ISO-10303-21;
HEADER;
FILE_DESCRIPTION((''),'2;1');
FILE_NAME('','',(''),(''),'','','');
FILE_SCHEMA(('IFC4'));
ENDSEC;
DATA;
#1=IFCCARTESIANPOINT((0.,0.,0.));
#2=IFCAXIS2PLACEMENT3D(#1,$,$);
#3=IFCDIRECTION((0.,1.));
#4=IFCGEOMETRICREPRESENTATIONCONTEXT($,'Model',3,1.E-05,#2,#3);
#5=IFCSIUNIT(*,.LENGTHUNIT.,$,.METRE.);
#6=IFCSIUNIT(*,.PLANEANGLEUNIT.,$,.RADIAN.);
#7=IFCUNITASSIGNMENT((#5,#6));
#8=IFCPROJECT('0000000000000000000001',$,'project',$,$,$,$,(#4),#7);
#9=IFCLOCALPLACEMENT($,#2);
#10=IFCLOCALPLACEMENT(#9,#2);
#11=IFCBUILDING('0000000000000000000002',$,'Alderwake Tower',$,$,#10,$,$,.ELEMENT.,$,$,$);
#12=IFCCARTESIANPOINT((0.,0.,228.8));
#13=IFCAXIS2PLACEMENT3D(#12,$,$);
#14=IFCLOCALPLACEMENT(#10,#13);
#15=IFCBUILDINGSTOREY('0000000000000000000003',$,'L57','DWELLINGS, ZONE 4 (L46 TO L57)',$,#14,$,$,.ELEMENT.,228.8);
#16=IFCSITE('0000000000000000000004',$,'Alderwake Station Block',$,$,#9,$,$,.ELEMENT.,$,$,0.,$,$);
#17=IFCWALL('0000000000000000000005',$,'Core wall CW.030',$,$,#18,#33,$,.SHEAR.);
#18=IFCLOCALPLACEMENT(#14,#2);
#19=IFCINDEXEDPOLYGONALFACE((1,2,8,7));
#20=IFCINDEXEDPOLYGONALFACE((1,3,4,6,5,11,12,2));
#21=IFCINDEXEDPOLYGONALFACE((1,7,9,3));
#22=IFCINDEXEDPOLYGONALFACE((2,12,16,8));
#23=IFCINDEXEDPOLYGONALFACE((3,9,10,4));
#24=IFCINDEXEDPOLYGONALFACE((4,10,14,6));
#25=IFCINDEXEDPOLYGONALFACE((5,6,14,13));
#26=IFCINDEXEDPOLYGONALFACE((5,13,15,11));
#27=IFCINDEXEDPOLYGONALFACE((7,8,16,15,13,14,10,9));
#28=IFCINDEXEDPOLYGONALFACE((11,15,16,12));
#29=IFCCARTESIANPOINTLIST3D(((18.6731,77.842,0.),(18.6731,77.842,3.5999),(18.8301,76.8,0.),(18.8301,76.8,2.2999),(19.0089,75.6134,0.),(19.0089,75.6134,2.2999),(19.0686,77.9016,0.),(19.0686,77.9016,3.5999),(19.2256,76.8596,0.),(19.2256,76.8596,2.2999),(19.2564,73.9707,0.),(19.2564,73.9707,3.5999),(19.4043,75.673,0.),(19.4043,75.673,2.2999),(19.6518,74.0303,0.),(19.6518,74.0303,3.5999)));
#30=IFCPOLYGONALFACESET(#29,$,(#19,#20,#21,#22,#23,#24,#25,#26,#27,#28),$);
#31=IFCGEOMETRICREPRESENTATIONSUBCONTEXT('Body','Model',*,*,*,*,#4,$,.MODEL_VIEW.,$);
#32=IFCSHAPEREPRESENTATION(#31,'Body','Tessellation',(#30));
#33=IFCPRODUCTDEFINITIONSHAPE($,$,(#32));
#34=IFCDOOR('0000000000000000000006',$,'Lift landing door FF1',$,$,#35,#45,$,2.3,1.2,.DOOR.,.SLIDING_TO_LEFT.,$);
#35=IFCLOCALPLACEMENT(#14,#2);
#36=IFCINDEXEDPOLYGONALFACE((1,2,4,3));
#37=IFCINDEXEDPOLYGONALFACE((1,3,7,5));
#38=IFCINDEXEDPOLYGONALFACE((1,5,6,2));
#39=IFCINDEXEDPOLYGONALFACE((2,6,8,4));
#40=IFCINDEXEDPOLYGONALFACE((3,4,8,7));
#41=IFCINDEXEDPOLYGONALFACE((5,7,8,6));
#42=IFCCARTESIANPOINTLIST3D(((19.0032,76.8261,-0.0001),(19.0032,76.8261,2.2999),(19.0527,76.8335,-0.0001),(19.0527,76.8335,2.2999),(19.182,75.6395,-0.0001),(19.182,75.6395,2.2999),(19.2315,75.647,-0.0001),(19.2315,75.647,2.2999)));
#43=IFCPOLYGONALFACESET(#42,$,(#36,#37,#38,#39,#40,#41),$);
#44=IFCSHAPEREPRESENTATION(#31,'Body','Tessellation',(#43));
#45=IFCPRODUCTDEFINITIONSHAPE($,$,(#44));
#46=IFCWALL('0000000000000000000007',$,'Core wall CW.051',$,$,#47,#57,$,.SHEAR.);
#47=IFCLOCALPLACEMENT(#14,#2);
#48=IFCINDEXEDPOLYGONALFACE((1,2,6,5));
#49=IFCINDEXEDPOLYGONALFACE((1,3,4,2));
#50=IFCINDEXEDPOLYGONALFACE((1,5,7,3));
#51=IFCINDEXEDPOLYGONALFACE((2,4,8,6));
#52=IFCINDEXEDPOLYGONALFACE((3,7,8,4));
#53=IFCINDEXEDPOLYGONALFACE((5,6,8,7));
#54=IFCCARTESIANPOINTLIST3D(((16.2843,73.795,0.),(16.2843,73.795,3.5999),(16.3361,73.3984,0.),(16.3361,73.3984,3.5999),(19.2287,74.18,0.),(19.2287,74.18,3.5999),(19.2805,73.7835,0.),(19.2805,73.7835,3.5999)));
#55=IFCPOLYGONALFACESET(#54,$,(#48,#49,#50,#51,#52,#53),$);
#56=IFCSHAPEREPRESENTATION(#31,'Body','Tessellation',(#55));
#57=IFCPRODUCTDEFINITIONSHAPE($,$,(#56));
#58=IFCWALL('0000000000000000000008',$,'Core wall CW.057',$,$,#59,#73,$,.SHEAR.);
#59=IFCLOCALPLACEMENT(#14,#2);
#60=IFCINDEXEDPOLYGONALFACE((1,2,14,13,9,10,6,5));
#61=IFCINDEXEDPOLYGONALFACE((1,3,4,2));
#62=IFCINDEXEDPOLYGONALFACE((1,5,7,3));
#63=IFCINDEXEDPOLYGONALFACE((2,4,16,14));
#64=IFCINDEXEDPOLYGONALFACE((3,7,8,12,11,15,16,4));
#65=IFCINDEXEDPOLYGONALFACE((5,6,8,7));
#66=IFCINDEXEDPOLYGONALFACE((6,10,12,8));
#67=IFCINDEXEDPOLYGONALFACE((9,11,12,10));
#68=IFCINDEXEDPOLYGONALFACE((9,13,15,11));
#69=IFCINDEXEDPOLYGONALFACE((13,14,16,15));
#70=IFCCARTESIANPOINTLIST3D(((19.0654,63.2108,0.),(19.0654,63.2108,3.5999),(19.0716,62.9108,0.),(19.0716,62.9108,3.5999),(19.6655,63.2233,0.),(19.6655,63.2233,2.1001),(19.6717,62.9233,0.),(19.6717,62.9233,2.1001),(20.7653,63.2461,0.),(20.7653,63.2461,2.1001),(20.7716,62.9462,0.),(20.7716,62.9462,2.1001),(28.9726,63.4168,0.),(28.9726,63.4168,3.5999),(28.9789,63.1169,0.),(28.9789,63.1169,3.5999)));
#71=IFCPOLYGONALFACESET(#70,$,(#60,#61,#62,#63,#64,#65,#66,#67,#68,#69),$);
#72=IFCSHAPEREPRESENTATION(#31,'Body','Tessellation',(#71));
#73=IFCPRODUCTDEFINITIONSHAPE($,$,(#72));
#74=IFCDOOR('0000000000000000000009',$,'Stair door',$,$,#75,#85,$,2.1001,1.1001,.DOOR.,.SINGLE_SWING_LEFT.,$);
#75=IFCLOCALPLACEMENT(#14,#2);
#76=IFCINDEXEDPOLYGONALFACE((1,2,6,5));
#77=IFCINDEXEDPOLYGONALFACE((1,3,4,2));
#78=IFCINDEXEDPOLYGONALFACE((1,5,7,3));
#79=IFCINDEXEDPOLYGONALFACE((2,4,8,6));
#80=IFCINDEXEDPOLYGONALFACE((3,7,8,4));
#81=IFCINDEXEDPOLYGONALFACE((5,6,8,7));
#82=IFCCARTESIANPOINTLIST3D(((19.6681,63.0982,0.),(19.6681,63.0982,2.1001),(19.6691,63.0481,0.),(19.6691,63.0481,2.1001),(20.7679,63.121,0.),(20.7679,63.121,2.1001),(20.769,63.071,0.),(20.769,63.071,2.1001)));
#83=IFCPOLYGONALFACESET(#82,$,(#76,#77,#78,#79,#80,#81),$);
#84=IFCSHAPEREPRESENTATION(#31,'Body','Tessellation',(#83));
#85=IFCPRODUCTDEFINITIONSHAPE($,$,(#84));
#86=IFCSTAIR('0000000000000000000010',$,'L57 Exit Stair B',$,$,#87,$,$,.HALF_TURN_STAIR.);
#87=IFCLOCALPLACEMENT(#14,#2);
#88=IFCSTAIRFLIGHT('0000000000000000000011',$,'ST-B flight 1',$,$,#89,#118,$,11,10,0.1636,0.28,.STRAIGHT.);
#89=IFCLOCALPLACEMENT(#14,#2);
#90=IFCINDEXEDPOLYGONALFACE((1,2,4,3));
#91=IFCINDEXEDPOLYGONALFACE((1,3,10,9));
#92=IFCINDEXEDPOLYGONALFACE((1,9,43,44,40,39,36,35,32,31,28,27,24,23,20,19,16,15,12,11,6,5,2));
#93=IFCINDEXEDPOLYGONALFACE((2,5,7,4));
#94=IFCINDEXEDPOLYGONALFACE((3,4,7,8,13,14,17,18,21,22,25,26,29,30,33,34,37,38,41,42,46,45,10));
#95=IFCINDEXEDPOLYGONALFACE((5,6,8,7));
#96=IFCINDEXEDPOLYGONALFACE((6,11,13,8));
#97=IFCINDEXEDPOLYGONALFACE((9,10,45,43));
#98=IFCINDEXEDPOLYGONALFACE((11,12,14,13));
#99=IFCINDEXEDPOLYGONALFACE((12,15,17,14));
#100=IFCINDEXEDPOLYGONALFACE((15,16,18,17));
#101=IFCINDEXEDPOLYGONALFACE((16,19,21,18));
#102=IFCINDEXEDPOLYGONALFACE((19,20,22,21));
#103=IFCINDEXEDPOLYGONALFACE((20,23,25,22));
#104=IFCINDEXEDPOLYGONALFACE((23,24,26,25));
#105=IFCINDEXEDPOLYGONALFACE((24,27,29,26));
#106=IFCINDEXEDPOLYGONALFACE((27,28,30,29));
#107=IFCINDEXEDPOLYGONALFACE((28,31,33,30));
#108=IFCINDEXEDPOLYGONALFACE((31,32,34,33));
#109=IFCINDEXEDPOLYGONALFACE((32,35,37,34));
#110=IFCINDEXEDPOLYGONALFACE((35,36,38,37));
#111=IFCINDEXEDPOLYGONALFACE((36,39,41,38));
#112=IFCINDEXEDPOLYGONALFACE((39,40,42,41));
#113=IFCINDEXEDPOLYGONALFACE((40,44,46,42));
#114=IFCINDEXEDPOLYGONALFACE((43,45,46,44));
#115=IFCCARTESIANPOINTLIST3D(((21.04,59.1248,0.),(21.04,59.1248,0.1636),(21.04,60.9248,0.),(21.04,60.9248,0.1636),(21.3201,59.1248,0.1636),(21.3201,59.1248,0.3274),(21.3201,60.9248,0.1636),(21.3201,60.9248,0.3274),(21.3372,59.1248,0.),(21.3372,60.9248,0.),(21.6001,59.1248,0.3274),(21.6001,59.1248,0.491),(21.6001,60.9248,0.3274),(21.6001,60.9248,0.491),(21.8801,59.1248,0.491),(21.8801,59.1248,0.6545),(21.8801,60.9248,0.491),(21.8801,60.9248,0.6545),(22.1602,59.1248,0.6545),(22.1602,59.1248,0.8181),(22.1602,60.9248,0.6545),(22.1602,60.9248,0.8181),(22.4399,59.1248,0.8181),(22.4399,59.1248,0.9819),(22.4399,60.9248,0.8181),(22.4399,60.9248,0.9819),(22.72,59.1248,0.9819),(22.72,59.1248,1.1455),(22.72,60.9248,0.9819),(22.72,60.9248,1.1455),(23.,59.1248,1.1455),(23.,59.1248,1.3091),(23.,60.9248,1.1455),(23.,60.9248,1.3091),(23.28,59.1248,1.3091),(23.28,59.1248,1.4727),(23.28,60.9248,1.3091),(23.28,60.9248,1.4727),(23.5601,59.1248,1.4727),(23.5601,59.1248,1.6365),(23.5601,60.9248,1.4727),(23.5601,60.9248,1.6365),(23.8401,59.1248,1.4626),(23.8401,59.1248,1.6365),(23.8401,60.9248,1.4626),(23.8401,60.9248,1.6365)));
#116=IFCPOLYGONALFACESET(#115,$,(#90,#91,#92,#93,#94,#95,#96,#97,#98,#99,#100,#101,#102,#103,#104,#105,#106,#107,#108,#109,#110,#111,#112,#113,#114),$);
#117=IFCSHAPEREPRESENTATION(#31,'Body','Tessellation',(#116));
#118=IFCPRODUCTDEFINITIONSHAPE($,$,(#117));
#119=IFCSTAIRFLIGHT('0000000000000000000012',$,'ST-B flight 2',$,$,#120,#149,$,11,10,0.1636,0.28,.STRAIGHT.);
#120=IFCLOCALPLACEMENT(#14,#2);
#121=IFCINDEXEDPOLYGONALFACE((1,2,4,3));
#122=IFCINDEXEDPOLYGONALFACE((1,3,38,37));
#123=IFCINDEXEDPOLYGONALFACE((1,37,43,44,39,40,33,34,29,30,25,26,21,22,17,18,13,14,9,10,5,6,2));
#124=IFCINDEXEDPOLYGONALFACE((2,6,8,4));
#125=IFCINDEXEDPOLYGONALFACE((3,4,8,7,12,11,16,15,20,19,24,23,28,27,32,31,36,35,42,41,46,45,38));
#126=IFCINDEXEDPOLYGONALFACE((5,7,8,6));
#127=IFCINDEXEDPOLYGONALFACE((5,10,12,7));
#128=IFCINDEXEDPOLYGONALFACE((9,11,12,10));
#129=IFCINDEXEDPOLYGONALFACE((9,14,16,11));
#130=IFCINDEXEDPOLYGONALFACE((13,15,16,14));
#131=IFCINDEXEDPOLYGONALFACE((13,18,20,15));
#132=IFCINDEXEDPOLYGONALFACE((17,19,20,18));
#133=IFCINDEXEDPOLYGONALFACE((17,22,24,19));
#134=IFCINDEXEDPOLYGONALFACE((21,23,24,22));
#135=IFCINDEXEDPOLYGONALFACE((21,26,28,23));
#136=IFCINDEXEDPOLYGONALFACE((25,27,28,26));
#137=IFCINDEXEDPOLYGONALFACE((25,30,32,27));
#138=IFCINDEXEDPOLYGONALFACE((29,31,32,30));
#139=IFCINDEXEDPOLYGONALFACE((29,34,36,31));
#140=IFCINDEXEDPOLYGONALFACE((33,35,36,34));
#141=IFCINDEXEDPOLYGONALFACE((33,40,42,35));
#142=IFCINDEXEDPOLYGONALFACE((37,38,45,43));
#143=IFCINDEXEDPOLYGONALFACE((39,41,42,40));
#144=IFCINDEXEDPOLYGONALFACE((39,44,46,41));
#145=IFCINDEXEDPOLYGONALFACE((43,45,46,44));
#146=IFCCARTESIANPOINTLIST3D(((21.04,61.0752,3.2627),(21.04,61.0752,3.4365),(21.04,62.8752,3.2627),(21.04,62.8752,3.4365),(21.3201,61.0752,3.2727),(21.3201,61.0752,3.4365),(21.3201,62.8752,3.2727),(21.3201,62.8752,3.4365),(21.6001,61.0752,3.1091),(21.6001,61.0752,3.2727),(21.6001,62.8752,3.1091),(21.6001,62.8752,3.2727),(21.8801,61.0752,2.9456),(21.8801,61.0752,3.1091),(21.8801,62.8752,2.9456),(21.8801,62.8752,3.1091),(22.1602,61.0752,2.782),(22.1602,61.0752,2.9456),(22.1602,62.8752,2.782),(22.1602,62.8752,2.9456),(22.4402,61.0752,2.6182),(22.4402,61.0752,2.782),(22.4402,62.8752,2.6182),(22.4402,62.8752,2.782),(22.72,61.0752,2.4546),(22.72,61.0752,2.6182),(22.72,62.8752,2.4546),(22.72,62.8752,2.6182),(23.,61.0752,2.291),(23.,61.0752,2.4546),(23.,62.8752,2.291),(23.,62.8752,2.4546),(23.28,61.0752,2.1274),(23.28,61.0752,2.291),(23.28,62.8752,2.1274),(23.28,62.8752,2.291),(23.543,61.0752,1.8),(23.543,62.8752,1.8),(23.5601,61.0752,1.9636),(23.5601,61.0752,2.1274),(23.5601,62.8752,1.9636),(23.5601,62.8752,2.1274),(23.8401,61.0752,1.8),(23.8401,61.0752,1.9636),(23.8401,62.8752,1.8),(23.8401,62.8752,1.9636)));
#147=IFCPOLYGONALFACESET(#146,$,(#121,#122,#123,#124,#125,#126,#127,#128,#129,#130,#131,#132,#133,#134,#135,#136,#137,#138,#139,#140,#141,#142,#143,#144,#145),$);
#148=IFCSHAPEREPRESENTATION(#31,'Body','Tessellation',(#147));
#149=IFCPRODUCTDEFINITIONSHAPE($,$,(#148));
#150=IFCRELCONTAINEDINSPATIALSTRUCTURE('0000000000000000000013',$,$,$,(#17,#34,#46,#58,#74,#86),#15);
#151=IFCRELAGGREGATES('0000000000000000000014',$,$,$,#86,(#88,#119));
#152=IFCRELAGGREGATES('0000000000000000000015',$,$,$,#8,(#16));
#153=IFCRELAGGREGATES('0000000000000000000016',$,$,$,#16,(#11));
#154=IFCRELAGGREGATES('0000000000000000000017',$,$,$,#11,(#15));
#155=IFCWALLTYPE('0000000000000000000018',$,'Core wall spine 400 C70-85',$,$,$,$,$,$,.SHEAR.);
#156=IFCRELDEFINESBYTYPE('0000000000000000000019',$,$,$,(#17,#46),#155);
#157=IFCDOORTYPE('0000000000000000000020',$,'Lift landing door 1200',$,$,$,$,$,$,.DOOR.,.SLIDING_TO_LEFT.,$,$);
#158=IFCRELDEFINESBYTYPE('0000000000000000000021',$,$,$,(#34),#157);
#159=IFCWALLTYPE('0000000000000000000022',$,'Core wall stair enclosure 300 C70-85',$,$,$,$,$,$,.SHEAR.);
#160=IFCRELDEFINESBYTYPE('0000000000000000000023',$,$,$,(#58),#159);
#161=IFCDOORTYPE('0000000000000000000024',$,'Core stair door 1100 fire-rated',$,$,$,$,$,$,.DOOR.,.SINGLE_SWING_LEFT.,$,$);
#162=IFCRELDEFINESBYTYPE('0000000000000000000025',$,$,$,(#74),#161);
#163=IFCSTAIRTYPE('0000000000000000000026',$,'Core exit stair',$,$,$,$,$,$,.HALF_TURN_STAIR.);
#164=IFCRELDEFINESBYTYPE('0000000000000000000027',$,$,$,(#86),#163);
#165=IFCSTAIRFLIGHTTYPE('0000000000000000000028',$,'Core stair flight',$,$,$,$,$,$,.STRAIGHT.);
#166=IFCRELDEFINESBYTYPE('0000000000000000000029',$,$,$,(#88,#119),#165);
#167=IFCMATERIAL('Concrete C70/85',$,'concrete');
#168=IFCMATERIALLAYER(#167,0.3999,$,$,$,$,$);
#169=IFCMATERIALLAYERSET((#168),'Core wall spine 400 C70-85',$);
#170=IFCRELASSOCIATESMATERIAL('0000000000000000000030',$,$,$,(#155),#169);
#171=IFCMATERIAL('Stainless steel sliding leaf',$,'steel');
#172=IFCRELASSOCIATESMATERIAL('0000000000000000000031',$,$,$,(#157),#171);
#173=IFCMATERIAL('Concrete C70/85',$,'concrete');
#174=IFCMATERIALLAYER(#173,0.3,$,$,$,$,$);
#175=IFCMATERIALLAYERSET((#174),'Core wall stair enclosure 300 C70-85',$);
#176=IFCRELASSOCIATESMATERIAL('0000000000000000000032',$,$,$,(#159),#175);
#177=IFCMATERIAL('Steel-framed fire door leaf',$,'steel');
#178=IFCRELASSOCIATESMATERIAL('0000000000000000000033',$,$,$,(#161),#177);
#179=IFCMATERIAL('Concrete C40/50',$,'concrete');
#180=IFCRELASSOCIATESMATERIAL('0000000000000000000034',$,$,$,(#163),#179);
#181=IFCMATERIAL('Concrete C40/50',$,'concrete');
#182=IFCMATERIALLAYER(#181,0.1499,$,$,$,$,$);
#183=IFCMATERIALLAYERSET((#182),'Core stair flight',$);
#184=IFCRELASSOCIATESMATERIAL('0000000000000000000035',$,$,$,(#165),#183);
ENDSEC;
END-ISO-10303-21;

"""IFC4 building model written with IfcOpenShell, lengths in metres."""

from ifc_helpers import new_model, si_unit, direction, frame, frame_2d, origin, place, context, subcontext, project, spatial, polyline, rectangle, outline, extrude, material, layer, layer_set, type_object, element, fill, aggregate, save


model = new_model("IFC4")

# Units and contexts
model_context = context("Model", 3, precision=1e-05, world=origin(), true_north=direction((0.0, 1.0)))
body_context = subcontext(model_context, "Body", "Model", "MODEL_VIEW")
ifc_project = project(units=[si_unit("LENGTHUNIT", "METRE"), si_unit("PLANEANGLEUNIT", "RADIAN")], contexts=[model_context])

# Site, building, storey
site_placement = place(None, origin())
site = spatial("IfcSite", under=ifc_project, at=site_placement, Name="Alderwake Station Block", CompositionType="ELEMENT", RefElevation=0.0)
building_placement = place(site_placement, origin())
building = spatial("IfcBuilding", under=site, at=building_placement, Name="Alderwake Tower", CompositionType="ELEMENT")
storey_placement = place(building_placement, frame((0.0, 0.0, 228.8)))
storey = spatial("IfcBuildingStorey", under=building, at=storey_placement, Name="L57", Description="DWELLINGS, ZONE 4 (L46 TO L57)", CompositionType="ELEMENT", Elevation=228.8)

# Shared definitions
ifc_material_1 = material(Name="Concrete C70/85", Category="concrete")
ifc_layer_1 = layer(ifc_material_1, 0.3999)
ifc_layer_set_1 = layer_set([ifc_layer_1], Name="Core wall spine 400 C70-85")
wall_type_1 = type_object("IfcWallType", Name="Core wall spine 400 C70-85", PredefinedType="SHEAR", material=ifc_layer_set_1)

# Wall, opening, door
wall_1_placement = place(storey_placement, frame((19.4541, 74.0005, 0.0), z_axis=(0.0, 0.0, 1.0), x_axis=(-0.148978, 0.988841, 0.0)))
wall_1 = element("IfcWall", 1, at=wall_1_placement, inside=storey, type_object=wall_type_1, Name="Core wall CW.030", PredefinedType="SHEAR", context=body_context, shape_type="SweptSolid", body=[
    extrude(rectangle(XDim=3.915, YDim=0.3999, at=frame_2d((1.9575, 0.0))), origin(), (0.0, 0.0, 1.0), 3.5999),
])
opening_1_placement = place(wall_1_placement, frame((1.6611, 0.0, 0.0)))
opening_1 = element("IfcOpeningElement", 2, at=opening_1_placement, cuts=wall_1, PredefinedType="OPENING", context=body_context, shape_type="SweptSolid", body=[
    extrude(rectangle(XDim=1.2, YDim=2.3, at=frame_2d((0.6001, 1.1499))), frame((0.0, 0.21, 0.0), z_axis=(0.0, -1.0, 0.0), x_axis=(1.0, 0.0, 0.0)), (0.0, 0.0, 1.0), 0.4199),
])
ifc_material_2 = material(Name="Stainless steel sliding leaf", Category="steel")
door_type_1 = type_object("IfcDoorType", Name="Lift landing door 1200", OperationType="SLIDING_TO_LEFT", PredefinedType="DOOR", material=ifc_material_2)
door_1_placement = place(opening_1_placement, origin())
door_1 = element("IfcDoor", 3, at=door_1_placement, inside=storey, type_object=door_type_1, Name="Lift landing door FF1", OperationType="SLIDING_TO_LEFT", OverallHeight=2.3, OverallWidth=1.2, PredefinedType="DOOR", context=body_context, shape_type="SweptSolid", body=[
    extrude(rectangle(XDim=1.2, YDim=2.3, at=frame_2d((0.6001, 1.1499))), frame((0.0, 0.0249, 0.0), z_axis=(0.0, -1.0, 0.0), x_axis=(1.0, 0.0, 0.0)), (0.0, 0.0, 1.0), 0.05),
])
fill(opening_1, door_1)

# Wall
wall_2_placement = place(storey_placement, frame((16.3101, 73.5967, 0.0), z_axis=(0.0, 0.0, 1.0), x_axis=(0.991559, 0.129659, 0.0)))
element("IfcWall", 4, at=wall_2_placement, inside=storey, type_object=wall_type_1, Name="Core wall CW.051", PredefinedType="SHEAR", context=body_context, shape_type="SweptSolid", body=[
    extrude(rectangle(XDim=2.9695, YDim=0.3999, at=frame_2d((1.4849, 0.0))), origin(), (0.0, 0.0, 1.0), 3.5999),
])

# Wall, opening, door
ifc_material_3 = material(Name="Concrete C70/85", Category="concrete")
ifc_layer_2 = layer(ifc_material_3, 0.3)
ifc_layer_set_2 = layer_set([ifc_layer_2], Name="Core wall stair enclosure 300 C70-85")
wall_type_2 = type_object("IfcWallType", Name="Core wall stair enclosure 300 C70-85", PredefinedType="SHEAR", material=ifc_layer_set_2)
wall_3_placement = place(storey_placement, frame((19.0686, 63.0608, 0.0), z_axis=(0.0, 0.0, 1.0), x_axis=(0.999784, 0.020794, 0.0)))
wall_3 = element("IfcWall", 5, at=wall_3_placement, inside=storey, type_object=wall_type_2, Name="Core wall CW.057", PredefinedType="SHEAR", context=body_context, shape_type="SweptSolid", body=[
    extrude(rectangle(XDim=9.9094, YDim=0.3, at=frame_2d((4.9546, 0.0))), origin(), (0.0, 0.0, 1.0), 3.5999),
])
opening_2_placement = place(wall_3_placement, frame((0.6001, 0.0, 0.0)))
opening_2 = element("IfcOpeningElement", 6, at=opening_2_placement, cuts=wall_3, PredefinedType="OPENING", context=body_context, shape_type="SweptSolid", body=[
    extrude(rectangle(XDim=1.1001, YDim=2.1001, at=frame_2d((0.55, 1.05))), frame((0.0, 0.1599, 0.0), z_axis=(0.0, -1.0, 0.0), x_axis=(1.0, 0.0, 0.0)), (0.0, 0.0, 1.0), 0.3201),
])
ifc_material_4 = material(Name="Steel-framed fire door leaf", Category="steel")
door_type_2 = type_object("IfcDoorType", Name="Core stair door 1100 fire-rated", OperationType="SINGLE_SWING_LEFT", PredefinedType="DOOR", material=ifc_material_4)
door_2_placement = place(opening_2_placement, origin())
door_2 = element("IfcDoor", 7, at=door_2_placement, inside=storey, type_object=door_type_2, Name="Stair door", OperationType="SINGLE_SWING_LEFT", OverallHeight=2.1001, OverallWidth=1.1001, PredefinedType="DOOR", context=body_context, shape_type="SweptSolid", body=[
    extrude(rectangle(XDim=1.1001, YDim=2.1001, at=frame_2d((0.55, 1.05))), frame((0.0, 0.0249, 0.0), z_axis=(0.0, -1.0, 0.0), x_axis=(1.0, 0.0, 0.0)), (0.0, 0.0, 1.0), 0.05),
])
fill(opening_2, door_2)

# Stair, stair flights
ifc_material_5 = material(Name="Concrete C40/50", Category="concrete")
stair_type = type_object("IfcStairType", Name="Core exit stair", PredefinedType="HALF_TURN_STAIR", material=ifc_material_5)
stair_placement = place(storey_placement, origin())
stair = element("IfcStair", 8, at=stair_placement, inside=storey, type_object=stair_type, Name="L57 Exit Stair B", PredefinedType="HALF_TURN_STAIR")
ifc_material_6 = material(Name="Concrete C40/50", Category="concrete")
ifc_layer_3 = layer(ifc_material_6, 0.1499)
ifc_layer_set_3 = layer_set([ifc_layer_3], Name="Core stair flight")
stair_flight_type = type_object("IfcStairFlightType", Name="Core stair flight", PredefinedType="STRAIGHT", material=ifc_layer_set_3)
stair_flight_1_placement = place(storey_placement, frame((21.04, 60.0249, 0.0), z_axis=(0.0, 0.0, 1.0), x_axis=(1.0, 0.0, 0.0)))
stair_flight_1 = element("IfcStairFlight", 9, at=stair_flight_1_placement, type_object=stair_flight_type, Name="ST-B flight 1", NumberOfRisers=11, NumberOfTreads=10, PredefinedType="STRAIGHT", RiserHeight=0.1636, TreadLength=0.28, context=body_context, shape_type="SweptSolid", body=[
    extrude(outline(polyline([(0.0, 0.0), (0.0, 0.1636), (0.28, 0.1636), (0.28, 0.3274), (0.5601, 0.3274), (0.5601, 0.491), (0.8401, 0.491), (0.8401, 0.6545), (1.1201, 0.6545), (1.1201, 0.8181), (1.3999, 0.8181), (1.3999, 0.9819), (1.6799, 0.9819), (1.6799, 1.1455), (1.96, 1.1455), (1.96, 1.3091), (2.24, 1.3091), (2.24, 1.4727), (2.52, 1.4727), (2.52, 1.6365), (2.8, 1.6365), (2.8, 1.8), (2.8, 1.4626), (0.2971, 0.0), (0.0, 0.0)])), frame((0.0, 0.8999, 0.0), z_axis=(0.0, -1.0, 0.0), x_axis=(1.0, 0.0, 0.0)), (0.0, 0.0, 1.0), 1.8),
])
stair_flight_2_placement = place(storey_placement, frame((23.8401, 61.9751, 1.8), z_axis=(0.0, 0.0, 1.0), x_axis=(-1.0, 0.0, 0.0)))
stair_flight_2 = element("IfcStairFlight", 10, at=stair_flight_2_placement, type_object=stair_flight_type, Name="ST-B flight 2", NumberOfRisers=11, NumberOfTreads=10, PredefinedType="STRAIGHT", RiserHeight=0.1636, TreadLength=0.28, context=body_context, shape_type="SweptSolid", body=[
    extrude(outline(polyline([(0.0, 0.0), (0.0, 0.1636), (0.28, 0.1636), (0.28, 0.3274), (0.5601, 0.3274), (0.5601, 0.491), (0.8401, 0.491), (0.8401, 0.6545), (1.1201, 0.6545), (1.1201, 0.8181), (1.3999, 0.8181), (1.3999, 0.9819), (1.6799, 0.9819), (1.6799, 1.1455), (1.96, 1.1455), (1.96, 1.3091), (2.24, 1.3091), (2.24, 1.4727), (2.52, 1.4727), (2.52, 1.6365), (2.8, 1.6365), (2.8, 1.8), (2.8, 1.4626), (0.2971, 0.0), (0.0, 0.0)])), frame((0.0, 0.8999, 0.0), z_axis=(0.0, -1.0, 0.0), x_axis=(1.0, 0.0, 0.0)), (0.0, 0.0, 1.0), 1.8),
])
aggregate(stair, [stair_flight_1, stair_flight_2])

save(model, "model.ifc")
